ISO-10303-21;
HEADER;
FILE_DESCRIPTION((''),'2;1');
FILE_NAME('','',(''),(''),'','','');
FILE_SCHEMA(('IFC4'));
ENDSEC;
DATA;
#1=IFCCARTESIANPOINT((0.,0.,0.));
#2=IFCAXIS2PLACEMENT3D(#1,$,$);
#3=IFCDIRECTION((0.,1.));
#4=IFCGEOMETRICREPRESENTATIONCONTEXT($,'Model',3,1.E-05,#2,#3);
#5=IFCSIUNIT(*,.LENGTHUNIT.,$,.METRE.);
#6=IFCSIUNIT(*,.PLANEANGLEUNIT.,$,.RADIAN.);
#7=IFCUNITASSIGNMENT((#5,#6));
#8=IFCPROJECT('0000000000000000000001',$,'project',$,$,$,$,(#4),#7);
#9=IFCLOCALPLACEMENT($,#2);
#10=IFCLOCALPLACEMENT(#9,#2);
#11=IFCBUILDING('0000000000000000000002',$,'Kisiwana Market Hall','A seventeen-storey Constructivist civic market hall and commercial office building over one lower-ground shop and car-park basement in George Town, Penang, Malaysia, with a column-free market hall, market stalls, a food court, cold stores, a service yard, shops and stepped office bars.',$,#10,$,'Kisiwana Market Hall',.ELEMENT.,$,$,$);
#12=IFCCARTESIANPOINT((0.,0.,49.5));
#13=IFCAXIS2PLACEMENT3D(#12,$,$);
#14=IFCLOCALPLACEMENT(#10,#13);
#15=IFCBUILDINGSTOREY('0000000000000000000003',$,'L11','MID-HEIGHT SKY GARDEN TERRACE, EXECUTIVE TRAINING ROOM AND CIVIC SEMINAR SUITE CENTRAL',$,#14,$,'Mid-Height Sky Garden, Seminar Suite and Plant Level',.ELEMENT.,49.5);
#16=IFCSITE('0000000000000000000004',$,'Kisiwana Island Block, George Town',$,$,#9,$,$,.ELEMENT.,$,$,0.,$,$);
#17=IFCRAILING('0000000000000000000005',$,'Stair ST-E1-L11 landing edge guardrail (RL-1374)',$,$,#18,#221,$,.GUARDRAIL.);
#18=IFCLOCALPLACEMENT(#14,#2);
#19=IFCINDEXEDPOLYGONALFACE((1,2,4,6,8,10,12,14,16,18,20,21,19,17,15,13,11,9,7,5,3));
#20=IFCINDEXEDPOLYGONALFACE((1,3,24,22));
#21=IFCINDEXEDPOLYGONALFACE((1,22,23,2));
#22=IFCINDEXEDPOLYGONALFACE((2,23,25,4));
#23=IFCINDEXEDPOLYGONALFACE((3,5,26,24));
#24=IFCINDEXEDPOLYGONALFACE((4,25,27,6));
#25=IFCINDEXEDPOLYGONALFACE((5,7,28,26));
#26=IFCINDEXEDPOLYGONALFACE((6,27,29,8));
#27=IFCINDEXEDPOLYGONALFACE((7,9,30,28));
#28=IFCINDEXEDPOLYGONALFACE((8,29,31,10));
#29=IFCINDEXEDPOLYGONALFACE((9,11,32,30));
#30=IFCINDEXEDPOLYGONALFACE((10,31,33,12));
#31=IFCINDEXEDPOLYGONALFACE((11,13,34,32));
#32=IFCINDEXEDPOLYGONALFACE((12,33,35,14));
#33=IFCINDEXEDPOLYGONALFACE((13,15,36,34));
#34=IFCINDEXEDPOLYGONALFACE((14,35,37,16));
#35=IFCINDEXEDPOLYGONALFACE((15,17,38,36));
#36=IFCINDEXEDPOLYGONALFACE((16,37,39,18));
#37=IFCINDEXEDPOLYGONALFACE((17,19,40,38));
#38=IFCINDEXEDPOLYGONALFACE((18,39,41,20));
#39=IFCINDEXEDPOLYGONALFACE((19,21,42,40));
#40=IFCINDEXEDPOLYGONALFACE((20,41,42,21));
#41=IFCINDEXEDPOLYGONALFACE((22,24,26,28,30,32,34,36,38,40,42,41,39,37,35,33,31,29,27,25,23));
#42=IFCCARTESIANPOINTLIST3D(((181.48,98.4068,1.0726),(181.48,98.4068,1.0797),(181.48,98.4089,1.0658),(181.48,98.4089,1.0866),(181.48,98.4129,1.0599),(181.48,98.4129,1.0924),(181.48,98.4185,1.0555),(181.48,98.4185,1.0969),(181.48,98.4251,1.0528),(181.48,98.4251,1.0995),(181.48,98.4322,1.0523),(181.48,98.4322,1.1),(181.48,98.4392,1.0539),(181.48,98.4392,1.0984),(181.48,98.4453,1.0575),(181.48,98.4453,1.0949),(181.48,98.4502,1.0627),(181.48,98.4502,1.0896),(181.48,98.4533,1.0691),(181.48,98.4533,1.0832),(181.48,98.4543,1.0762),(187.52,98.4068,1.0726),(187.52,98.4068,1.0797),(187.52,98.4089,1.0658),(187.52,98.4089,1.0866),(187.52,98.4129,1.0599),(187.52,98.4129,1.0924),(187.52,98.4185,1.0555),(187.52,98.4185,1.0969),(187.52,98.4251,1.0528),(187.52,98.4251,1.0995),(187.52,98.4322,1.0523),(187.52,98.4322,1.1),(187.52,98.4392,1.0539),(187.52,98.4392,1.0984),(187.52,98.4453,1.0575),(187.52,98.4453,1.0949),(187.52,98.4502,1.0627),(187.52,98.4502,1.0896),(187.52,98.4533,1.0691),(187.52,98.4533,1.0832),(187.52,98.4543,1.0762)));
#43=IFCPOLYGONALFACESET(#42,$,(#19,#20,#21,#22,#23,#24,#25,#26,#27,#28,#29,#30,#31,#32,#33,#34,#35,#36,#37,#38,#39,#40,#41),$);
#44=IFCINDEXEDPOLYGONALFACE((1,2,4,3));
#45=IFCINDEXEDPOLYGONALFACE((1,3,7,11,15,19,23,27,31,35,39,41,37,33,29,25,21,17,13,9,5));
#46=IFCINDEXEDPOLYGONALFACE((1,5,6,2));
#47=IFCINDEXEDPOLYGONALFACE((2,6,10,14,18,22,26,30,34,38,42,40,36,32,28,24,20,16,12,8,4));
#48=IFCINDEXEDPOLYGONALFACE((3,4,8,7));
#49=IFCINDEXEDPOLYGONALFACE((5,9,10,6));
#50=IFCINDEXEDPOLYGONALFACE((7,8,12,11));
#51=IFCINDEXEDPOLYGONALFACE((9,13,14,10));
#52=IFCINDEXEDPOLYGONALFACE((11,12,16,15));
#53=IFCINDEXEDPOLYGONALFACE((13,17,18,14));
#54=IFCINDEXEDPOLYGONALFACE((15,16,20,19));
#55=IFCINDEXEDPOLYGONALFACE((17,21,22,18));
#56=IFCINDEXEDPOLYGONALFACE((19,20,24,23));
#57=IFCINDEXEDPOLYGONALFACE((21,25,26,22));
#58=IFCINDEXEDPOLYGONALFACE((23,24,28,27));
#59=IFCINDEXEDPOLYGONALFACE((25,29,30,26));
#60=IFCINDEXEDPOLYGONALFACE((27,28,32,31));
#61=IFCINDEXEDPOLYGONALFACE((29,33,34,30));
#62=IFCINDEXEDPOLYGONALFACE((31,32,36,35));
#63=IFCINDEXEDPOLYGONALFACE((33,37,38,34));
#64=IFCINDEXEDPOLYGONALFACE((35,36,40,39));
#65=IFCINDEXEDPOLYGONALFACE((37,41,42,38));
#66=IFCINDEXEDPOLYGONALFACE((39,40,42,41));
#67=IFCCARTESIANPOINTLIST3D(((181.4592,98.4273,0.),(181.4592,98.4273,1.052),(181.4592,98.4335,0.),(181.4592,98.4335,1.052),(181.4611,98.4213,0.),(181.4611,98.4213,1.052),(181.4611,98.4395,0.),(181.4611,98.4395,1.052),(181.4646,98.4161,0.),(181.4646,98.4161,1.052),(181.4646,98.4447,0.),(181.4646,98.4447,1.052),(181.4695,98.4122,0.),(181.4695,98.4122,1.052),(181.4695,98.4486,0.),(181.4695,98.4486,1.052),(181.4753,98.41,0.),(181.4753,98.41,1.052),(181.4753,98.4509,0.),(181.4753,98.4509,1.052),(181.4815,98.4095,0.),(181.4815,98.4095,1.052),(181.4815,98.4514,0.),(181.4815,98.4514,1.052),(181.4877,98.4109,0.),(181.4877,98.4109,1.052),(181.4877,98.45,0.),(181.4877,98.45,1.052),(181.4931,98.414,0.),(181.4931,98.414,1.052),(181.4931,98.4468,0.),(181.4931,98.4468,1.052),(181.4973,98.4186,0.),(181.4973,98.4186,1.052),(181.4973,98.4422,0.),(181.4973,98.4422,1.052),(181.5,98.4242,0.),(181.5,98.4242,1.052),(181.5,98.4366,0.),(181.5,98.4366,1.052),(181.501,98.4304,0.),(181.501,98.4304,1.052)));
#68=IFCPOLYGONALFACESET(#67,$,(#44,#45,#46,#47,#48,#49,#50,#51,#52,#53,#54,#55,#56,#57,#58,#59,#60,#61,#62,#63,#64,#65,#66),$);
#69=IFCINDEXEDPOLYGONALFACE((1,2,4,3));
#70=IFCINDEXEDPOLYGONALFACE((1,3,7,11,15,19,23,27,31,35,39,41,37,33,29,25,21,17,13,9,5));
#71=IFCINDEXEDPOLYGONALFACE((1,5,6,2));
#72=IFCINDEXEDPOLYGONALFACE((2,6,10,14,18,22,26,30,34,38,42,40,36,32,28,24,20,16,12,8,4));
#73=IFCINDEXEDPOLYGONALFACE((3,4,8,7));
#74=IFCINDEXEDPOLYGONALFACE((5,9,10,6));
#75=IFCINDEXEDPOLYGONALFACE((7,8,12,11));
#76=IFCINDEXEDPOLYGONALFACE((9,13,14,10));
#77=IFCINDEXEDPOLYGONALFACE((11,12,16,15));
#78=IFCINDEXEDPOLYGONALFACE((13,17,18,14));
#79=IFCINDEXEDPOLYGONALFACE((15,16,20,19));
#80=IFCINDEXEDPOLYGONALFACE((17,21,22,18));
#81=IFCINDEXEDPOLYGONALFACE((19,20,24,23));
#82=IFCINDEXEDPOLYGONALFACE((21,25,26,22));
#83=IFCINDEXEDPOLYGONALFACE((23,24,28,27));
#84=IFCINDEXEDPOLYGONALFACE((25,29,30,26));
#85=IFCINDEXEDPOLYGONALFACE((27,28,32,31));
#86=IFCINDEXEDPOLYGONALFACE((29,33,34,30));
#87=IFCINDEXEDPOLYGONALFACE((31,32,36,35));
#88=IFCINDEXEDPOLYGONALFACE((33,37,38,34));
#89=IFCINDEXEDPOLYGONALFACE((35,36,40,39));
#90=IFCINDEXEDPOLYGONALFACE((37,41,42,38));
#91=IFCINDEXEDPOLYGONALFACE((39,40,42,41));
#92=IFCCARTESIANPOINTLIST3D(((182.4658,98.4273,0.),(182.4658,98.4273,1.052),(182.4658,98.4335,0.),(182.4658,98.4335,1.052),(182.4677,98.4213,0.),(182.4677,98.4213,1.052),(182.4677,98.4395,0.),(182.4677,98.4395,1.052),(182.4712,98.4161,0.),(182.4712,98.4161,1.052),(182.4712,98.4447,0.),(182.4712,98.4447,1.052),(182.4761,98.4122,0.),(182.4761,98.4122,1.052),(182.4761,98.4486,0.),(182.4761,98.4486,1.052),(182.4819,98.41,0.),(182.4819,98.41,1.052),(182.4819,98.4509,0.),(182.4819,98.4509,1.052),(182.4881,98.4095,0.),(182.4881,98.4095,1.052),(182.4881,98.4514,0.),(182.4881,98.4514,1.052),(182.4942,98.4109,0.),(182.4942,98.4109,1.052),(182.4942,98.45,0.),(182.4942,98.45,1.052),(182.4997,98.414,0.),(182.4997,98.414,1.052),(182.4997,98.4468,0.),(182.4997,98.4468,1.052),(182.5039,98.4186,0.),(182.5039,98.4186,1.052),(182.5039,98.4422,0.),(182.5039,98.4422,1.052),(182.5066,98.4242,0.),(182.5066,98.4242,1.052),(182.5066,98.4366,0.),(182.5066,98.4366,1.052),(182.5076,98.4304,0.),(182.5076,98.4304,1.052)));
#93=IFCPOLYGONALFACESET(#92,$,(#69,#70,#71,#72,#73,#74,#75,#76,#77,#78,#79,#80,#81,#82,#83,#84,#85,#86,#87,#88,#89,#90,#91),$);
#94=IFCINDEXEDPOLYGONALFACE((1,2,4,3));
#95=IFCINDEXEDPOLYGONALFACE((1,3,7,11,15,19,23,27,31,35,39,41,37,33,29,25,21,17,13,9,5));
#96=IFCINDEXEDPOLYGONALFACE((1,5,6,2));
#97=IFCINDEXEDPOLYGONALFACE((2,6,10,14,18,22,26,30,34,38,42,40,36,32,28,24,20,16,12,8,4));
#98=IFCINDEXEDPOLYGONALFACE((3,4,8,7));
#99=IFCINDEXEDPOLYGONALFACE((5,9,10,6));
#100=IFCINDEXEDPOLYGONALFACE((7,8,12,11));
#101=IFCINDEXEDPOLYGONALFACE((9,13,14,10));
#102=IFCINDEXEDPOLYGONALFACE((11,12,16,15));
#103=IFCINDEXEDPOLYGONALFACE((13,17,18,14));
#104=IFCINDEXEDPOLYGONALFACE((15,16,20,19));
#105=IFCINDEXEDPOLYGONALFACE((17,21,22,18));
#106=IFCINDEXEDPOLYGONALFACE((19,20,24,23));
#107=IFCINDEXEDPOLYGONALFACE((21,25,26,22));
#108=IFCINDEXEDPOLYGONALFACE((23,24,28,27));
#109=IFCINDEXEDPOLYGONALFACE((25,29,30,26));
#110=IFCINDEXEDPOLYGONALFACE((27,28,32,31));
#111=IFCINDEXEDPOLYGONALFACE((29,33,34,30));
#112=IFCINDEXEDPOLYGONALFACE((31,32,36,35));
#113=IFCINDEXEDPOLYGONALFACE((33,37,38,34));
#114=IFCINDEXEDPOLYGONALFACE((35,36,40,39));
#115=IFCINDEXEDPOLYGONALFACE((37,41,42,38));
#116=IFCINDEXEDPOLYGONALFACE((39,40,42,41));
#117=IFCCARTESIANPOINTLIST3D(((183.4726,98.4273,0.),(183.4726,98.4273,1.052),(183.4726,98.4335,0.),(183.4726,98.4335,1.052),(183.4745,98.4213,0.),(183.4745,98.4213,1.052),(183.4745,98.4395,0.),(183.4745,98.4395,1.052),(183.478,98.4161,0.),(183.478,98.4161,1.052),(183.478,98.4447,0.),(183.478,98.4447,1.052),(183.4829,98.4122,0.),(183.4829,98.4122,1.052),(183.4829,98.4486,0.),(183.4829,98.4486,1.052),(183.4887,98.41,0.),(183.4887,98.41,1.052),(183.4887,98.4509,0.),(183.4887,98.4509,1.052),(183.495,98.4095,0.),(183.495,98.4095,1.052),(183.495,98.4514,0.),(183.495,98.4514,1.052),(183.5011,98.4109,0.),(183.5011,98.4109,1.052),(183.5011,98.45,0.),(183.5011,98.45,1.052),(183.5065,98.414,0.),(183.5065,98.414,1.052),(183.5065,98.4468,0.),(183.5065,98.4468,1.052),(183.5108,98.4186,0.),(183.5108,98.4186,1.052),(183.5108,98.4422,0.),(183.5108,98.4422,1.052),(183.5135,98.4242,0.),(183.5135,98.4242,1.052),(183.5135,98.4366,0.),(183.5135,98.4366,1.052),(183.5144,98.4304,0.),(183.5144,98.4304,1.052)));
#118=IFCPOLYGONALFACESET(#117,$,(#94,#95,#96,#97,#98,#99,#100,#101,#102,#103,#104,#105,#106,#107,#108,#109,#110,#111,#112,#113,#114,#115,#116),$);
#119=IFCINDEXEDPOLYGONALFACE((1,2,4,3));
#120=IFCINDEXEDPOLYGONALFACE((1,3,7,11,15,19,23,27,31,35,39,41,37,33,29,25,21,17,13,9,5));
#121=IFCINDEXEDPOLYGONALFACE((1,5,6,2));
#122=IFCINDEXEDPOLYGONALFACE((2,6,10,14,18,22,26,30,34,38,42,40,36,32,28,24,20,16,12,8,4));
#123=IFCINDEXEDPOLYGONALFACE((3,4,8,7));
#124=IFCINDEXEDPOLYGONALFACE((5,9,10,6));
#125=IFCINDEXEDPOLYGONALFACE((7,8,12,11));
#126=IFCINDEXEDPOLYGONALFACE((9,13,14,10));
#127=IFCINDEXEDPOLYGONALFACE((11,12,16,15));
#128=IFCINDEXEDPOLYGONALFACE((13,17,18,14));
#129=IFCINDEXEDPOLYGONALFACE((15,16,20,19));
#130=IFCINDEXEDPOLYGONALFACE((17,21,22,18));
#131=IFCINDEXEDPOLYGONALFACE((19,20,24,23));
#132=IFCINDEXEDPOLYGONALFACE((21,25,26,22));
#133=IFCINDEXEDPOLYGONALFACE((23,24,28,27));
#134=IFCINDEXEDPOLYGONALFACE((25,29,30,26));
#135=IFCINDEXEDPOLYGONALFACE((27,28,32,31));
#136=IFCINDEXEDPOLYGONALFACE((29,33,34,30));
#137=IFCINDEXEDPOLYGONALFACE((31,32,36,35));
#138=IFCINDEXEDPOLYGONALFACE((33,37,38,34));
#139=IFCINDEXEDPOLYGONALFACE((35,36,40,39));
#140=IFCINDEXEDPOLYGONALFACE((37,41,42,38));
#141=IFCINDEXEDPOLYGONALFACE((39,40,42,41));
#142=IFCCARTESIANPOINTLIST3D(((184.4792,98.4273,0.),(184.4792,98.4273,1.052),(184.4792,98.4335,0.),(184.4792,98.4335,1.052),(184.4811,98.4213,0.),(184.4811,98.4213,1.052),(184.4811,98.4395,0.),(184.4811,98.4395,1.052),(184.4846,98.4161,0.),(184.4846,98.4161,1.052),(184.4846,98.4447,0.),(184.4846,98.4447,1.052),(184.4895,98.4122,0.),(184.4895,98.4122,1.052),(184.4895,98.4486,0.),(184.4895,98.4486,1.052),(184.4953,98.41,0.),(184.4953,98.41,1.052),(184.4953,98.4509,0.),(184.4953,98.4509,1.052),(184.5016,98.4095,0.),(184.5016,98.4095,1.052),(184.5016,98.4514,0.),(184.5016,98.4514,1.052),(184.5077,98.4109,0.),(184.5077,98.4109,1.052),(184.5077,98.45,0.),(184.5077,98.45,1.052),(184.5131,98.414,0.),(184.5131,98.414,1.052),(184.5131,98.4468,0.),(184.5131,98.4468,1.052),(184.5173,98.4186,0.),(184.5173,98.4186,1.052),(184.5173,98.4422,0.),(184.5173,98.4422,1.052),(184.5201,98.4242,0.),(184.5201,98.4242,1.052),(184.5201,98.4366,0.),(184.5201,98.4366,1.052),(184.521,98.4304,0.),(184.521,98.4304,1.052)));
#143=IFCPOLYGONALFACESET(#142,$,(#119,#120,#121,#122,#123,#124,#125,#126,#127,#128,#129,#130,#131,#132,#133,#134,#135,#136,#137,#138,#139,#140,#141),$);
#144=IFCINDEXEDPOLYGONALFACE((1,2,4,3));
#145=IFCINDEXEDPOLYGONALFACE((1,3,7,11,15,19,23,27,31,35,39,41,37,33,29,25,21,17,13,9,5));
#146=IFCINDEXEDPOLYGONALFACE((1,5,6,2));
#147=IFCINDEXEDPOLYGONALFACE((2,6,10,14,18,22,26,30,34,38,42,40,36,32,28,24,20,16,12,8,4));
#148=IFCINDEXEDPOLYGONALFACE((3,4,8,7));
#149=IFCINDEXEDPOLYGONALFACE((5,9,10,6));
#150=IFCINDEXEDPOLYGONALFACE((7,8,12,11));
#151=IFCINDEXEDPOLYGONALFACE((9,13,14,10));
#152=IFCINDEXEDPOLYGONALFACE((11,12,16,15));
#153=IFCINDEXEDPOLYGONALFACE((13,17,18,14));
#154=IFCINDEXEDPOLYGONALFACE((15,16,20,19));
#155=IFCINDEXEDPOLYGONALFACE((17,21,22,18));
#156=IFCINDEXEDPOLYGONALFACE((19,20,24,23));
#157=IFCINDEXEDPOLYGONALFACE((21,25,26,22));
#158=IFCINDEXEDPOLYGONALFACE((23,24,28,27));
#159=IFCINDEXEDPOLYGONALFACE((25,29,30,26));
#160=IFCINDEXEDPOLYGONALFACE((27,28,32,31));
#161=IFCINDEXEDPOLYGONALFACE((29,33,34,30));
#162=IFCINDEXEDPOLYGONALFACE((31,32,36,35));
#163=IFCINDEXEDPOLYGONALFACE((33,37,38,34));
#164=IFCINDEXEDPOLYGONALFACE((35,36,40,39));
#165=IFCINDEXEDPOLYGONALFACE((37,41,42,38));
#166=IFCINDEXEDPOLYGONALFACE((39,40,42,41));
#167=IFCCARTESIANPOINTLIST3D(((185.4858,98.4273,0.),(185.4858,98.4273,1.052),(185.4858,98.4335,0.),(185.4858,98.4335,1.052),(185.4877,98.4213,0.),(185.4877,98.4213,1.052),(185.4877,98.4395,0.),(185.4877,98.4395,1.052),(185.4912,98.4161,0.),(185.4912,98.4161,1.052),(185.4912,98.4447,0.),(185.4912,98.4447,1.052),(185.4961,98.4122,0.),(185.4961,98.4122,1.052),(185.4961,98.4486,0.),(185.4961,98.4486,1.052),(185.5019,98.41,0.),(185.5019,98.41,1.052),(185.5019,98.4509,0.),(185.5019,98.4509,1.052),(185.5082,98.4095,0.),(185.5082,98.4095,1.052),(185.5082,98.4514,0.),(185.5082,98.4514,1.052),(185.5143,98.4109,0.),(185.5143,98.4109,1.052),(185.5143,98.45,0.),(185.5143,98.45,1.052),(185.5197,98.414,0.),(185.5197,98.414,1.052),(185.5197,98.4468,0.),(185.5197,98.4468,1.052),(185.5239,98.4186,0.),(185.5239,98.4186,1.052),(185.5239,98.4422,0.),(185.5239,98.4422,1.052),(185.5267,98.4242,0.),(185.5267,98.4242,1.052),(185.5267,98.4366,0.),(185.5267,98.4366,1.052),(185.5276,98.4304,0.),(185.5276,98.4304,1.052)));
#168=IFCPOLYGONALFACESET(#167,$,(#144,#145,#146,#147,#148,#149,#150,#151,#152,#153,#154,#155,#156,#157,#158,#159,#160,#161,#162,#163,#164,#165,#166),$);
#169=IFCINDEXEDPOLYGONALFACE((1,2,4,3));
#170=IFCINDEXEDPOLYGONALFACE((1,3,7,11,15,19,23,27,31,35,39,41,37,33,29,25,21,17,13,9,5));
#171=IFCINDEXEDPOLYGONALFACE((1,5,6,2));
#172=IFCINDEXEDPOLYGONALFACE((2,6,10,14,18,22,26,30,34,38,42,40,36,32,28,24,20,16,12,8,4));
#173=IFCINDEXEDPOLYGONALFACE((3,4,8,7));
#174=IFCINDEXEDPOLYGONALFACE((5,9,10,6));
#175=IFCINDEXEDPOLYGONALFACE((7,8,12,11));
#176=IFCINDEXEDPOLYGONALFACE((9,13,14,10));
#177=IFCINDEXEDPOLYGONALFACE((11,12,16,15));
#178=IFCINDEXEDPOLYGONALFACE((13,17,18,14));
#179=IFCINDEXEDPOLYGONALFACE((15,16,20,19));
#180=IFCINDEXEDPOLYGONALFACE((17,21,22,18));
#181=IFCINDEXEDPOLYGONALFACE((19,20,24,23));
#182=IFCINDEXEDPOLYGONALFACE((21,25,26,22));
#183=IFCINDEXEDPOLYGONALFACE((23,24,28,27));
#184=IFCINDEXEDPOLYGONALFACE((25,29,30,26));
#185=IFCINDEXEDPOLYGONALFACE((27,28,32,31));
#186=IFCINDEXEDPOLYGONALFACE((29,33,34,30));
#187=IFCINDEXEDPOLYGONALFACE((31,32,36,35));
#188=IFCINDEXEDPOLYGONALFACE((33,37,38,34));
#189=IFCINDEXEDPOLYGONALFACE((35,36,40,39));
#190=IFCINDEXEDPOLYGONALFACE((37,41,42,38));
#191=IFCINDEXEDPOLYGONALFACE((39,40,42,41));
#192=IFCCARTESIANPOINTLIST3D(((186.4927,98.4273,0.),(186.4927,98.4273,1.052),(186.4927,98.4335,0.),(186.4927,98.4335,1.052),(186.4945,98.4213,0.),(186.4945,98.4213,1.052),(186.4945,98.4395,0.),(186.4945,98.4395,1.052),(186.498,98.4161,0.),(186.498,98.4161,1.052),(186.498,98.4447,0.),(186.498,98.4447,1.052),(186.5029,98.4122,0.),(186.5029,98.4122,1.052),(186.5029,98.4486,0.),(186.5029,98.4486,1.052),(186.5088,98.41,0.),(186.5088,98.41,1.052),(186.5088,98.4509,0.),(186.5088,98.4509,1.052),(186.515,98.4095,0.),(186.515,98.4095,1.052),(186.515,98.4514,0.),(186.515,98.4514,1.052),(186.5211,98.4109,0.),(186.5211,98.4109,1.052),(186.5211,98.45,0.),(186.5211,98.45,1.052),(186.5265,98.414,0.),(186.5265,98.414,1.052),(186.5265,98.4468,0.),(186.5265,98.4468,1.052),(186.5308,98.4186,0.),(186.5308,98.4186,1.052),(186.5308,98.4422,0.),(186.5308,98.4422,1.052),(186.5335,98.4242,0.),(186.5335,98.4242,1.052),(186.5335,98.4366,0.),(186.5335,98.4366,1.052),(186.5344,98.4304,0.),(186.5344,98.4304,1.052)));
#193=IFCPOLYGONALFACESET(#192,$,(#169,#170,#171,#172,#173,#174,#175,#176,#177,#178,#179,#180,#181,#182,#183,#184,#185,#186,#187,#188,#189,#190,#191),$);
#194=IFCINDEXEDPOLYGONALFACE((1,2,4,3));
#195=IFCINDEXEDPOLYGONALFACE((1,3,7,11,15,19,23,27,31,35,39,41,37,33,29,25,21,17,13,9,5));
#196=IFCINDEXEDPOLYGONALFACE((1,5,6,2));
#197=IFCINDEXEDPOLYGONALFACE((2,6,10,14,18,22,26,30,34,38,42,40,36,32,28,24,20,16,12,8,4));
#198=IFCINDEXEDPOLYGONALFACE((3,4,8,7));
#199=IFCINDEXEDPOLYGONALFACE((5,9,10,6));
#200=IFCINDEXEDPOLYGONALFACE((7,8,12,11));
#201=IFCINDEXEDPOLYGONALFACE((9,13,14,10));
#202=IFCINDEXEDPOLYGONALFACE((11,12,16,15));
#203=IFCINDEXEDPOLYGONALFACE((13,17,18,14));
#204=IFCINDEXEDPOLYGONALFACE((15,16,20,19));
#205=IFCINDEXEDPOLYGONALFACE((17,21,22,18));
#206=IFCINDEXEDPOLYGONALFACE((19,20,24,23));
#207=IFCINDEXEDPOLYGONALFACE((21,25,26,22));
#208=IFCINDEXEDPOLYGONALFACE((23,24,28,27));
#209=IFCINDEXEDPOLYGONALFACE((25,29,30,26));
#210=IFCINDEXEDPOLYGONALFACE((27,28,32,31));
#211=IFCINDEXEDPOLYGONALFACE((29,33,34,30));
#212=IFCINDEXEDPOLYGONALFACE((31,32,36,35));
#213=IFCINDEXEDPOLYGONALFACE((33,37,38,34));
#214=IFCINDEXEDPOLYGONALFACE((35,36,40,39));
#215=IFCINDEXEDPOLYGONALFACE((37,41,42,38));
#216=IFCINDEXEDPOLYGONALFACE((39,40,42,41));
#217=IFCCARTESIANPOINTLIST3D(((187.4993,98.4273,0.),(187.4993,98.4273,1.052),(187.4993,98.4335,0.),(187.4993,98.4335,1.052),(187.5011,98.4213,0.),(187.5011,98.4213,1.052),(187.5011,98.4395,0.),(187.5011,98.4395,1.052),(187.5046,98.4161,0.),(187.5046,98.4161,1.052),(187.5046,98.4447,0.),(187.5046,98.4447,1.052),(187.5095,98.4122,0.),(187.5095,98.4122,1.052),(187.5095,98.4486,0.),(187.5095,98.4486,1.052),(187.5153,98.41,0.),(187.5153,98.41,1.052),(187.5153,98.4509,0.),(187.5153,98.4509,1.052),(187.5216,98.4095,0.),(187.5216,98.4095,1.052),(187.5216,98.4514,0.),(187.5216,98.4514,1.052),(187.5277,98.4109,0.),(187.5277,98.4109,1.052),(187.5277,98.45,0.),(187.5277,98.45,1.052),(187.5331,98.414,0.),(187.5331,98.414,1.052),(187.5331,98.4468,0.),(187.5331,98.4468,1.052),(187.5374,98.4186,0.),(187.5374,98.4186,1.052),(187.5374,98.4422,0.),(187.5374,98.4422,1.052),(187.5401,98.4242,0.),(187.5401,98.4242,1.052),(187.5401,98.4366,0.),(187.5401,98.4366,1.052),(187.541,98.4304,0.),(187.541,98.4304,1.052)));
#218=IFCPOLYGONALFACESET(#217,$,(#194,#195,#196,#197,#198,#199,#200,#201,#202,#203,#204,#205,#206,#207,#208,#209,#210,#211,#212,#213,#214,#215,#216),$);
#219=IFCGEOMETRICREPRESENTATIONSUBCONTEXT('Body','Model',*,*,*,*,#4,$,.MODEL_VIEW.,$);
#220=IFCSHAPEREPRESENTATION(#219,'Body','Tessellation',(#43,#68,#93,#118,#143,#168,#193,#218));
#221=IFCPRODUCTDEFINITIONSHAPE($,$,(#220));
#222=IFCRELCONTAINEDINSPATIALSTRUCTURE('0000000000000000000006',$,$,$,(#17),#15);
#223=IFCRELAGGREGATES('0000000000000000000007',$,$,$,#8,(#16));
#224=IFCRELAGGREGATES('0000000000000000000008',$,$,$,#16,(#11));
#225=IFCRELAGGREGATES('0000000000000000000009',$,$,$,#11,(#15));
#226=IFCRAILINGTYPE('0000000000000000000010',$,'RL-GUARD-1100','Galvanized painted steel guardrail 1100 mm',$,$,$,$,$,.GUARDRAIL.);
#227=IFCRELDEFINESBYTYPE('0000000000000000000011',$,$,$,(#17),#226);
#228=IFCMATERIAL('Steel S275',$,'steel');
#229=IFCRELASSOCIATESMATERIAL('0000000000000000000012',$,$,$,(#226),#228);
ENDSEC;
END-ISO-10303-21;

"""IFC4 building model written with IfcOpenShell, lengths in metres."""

from ifc_helpers import new_model, si_unit, direction, frame, origin, origin_2d, place, context, subcontext, project, spatial, circle, extrude, material, type_object, element, save


model = new_model("IFC4")

# Units and contexts
model_context = context("Model", 3, precision=1e-05, world=origin(), true_north=direction((0.0, 1.0)))
body_context = subcontext(model_context, "Body", "Model", "MODEL_VIEW")
ifc_project = project(units=[si_unit("LENGTHUNIT", "METRE"), si_unit("PLANEANGLEUNIT", "RADIAN")], contexts=[model_context])

# Site, building, storey
site_placement = place(None, origin())
site = spatial("IfcSite", under=ifc_project, at=site_placement, Name="Kisiwana Island Block, George Town", CompositionType="ELEMENT", RefElevation=0.0)
building_placement = place(site_placement, origin())
building = spatial("IfcBuilding", under=site, at=building_placement, Name="Kisiwana Market Hall", Description="A seventeen-storey Constructivist civic market hall and commercial office building over one lower-ground shop and car-park basement in George Town, Penang, Malaysia, with a column-free market hall, market stalls, a food court, cold stores, a service yard, shops and stepped office bars.", LongName="Kisiwana Market Hall", CompositionType="ELEMENT")
storey_placement = place(building_placement, frame((0.0, 0.0, 49.5)))
storey = spatial("IfcBuildingStorey", under=building, at=storey_placement, Name="L11", Description="MID-HEIGHT SKY GARDEN TERRACE, EXECUTIVE TRAINING ROOM AND CIVIC SEMINAR SUITE CENTRAL", LongName="Mid-Height Sky Garden, Seminar Suite and Plant Level", CompositionType="ELEMENT", Elevation=49.5)

# Railing
ifc_material_1 = material(Name="Steel S275", Category="steel")
railing_type_1 = type_object("IfcRailingType", Name="RL-GUARD-1100", Description="Galvanized painted steel guardrail 1100 mm", PredefinedType="GUARDRAIL", material=ifc_material_1)
railing_1_placement = place(storey_placement, frame((181.48, 98.4304, 0.0)))
element("IfcRailing", 1, at=railing_1_placement, inside=storey, type_object=railing_type_1, Name="Stair ST-E1-L11 landing edge guardrail (RL-1374)", PredefinedType="GUARDRAIL", context=body_context, shape_type="SweptSolid", body=[
    extrude(circle(Radius=0.0239, at=origin_2d()), frame((0.0, 0.0, 1.0762), z_axis=(1.0, 0.0, 0.0), x_axis=(0.0, 1.0, 0.0)), (0.0, 0.0, 1.0), 6.04),
    extrude(circle(Radius=0.021, at=origin_2d()), origin(), (0.0, 0.0, 1.0), 1.052),
    extrude(circle(Radius=0.021, at=origin_2d()), frame((1.0066, 0.0, 0.0)), (0.0, 0.0, 1.0), 1.052),
    extrude(circle(Radius=0.021, at=origin_2d()), frame((2.0134, 0.0, 0.0)), (0.0, 0.0, 1.0), 1.052),
    extrude(circle(Radius=0.021, at=origin_2d()), frame((3.02, 0.0, 0.0)), (0.0, 0.0, 1.0), 1.052),
    extrude(circle(Radius=0.021, at=origin_2d()), frame((4.0266, 0.0, 0.0)), (0.0, 0.0, 1.0), 1.052),
    extrude(circle(Radius=0.021, at=origin_2d()), frame((5.0334, 0.0, 0.0)), (0.0, 0.0, 1.0), 1.052),
    extrude(circle(Radius=0.021, at=origin_2d()), frame((6.04, 0.0, 0.0)), (0.0, 0.0, 1.0), 1.052),
])

save(model, "model.ifc")
